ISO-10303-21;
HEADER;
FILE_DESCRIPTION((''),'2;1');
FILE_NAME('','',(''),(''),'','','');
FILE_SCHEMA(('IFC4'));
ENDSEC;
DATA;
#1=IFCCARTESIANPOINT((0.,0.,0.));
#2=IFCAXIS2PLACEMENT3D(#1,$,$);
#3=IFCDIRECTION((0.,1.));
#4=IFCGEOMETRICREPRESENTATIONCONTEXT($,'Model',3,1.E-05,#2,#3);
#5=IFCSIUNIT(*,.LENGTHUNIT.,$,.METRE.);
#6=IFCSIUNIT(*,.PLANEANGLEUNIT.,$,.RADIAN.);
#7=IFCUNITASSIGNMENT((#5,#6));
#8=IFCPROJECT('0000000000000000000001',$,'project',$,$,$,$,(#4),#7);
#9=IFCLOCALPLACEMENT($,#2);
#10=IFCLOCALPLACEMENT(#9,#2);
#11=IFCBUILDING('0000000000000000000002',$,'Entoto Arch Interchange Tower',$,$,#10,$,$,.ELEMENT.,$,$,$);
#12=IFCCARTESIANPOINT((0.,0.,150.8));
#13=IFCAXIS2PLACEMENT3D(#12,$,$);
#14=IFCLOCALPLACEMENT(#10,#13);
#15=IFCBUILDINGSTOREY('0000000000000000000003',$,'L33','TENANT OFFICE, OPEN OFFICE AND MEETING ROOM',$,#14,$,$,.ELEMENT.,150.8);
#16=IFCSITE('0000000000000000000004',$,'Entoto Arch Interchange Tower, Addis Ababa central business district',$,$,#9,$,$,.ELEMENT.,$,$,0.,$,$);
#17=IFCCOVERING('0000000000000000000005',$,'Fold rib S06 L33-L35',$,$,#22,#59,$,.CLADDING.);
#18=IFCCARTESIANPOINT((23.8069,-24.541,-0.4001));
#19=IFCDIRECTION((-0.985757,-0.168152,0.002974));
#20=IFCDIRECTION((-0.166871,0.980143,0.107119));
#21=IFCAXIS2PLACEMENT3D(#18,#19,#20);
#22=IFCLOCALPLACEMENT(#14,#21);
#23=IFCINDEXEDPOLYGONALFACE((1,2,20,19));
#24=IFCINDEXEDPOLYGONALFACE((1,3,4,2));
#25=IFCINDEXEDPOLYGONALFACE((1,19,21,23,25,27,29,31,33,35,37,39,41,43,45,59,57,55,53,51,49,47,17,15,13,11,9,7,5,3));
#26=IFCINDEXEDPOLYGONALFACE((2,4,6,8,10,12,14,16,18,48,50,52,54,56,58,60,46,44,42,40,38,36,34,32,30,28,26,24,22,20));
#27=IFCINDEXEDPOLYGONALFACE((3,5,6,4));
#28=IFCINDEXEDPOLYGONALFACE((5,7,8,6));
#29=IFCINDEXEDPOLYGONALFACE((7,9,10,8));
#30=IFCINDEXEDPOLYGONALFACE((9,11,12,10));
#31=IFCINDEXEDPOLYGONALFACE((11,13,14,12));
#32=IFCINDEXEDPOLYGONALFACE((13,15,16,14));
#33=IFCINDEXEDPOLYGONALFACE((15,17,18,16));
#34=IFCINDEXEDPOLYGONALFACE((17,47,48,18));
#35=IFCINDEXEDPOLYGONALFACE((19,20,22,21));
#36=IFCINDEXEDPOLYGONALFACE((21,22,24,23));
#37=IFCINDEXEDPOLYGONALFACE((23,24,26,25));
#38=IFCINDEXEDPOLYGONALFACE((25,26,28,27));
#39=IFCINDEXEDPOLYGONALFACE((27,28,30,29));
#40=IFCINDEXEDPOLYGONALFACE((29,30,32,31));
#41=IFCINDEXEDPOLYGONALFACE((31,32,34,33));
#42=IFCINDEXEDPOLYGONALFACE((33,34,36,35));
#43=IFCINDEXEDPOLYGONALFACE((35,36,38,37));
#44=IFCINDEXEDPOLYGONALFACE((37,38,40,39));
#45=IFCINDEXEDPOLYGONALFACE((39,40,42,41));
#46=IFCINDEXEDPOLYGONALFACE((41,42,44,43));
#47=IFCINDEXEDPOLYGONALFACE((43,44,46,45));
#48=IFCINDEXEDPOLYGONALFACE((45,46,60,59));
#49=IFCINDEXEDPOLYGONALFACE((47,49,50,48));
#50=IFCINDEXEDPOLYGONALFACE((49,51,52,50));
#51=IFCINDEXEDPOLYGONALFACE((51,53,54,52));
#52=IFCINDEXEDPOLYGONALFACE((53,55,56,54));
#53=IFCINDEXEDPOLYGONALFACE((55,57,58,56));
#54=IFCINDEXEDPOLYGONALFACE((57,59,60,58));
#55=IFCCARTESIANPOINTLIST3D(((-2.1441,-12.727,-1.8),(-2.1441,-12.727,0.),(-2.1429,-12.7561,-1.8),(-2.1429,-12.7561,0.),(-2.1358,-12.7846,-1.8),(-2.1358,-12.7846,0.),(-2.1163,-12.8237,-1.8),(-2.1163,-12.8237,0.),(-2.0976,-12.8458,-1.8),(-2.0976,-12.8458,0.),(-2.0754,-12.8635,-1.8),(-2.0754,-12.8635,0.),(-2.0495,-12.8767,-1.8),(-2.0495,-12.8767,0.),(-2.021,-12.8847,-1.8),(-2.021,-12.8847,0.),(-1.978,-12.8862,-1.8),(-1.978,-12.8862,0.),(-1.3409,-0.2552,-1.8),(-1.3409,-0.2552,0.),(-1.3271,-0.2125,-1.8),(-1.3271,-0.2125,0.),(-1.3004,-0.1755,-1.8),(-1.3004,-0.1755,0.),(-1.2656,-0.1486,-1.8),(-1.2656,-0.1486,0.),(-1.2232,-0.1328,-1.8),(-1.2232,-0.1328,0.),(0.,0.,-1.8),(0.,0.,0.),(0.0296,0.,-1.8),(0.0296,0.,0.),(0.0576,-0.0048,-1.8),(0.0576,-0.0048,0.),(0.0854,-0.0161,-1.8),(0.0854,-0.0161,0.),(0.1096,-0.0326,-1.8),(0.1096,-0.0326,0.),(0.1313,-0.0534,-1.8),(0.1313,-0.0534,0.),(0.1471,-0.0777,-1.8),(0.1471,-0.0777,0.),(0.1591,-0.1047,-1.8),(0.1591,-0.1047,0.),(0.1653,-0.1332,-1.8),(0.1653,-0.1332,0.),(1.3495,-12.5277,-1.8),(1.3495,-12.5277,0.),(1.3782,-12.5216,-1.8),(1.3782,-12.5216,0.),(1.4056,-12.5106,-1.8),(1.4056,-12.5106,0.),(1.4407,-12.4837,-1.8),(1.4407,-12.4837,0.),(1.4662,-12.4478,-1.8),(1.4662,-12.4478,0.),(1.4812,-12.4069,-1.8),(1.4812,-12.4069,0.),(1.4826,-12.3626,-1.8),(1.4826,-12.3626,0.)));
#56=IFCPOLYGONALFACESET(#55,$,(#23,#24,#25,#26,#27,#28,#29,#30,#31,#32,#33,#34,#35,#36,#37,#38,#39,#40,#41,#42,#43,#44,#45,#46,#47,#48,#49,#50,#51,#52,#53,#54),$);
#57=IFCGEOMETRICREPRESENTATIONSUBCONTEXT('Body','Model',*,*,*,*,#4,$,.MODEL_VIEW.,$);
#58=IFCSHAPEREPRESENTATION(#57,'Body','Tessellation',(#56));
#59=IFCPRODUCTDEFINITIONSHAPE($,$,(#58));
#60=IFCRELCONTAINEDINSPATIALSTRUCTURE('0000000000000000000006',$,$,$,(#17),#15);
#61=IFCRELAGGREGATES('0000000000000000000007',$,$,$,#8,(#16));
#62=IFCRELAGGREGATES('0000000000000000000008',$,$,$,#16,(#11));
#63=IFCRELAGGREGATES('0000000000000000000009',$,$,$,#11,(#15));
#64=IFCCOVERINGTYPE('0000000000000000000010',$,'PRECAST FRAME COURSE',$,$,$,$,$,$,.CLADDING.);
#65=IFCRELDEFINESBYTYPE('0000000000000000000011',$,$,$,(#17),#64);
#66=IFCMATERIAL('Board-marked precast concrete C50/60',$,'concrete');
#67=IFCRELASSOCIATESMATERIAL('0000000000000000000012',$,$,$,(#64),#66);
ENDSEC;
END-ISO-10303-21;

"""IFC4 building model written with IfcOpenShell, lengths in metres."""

from ifc_helpers import new_model, si_unit, direction, frame, origin, place, context, subcontext, project, spatial, polyline, outline, extrude, material, type_object, element, save


model = new_model("IFC4")

# Units and contexts
model_context = context("Model", 3, precision=1e-05, world=origin(), true_north=direction((0.0, 1.0)))
body_context = subcontext(model_context, "Body", "Model", "MODEL_VIEW")
ifc_project = project(units=[si_unit("LENGTHUNIT", "METRE"), si_unit("PLANEANGLEUNIT", "RADIAN")], contexts=[model_context])

# Site, building, storey
site_placement = place(None, origin())
site = spatial("IfcSite", under=ifc_project, at=site_placement, Name="Entoto Arch Interchange Tower, Addis Ababa central business district", CompositionType="ELEMENT", RefElevation=0.0)
building_placement = place(site_placement, origin())
building = spatial("IfcBuilding", under=site, at=building_placement, Name="Entoto Arch Interchange Tower", CompositionType="ELEMENT")
storey_placement = place(building_placement, frame((0.0, 0.0, 150.8)))
storey = spatial("IfcBuildingStorey", under=building, at=storey_placement, Name="L33", Description="TENANT OFFICE, OPEN OFFICE AND MEETING ROOM", CompositionType="ELEMENT", Elevation=150.8)

# Covering
ifc_material_1 = material(Name="Board-marked precast concrete C50/60", Category="concrete")
covering_type = type_object("IfcCoveringType", Name="PRECAST FRAME COURSE", PredefinedType="CLADDING", material=ifc_material_1)
covering_placement = place(storey_placement, frame((23.8069, -24.541, -0.4001), z_axis=(-0.985757, -0.168152, 0.002974), x_axis=(-0.166871, 0.980143, 0.107119)))
element("IfcCovering", 1, at=covering_placement, inside=storey, type_object=covering_type, Name="Fold rib S06 L33-L35", PredefinedType="CLADDING", context=body_context, shape_type="SweptSolid", body=[
    extrude(outline(polyline([(0.0, 0.0), (0.0296, 0.0), (0.0576, -0.0048), (0.0854, -0.0161), (0.1096, -0.0326), (0.1313, -0.0534), (0.1471, -0.0777), (0.1591, -0.1047), (0.1653, -0.1332), (1.4826, -12.3626), (1.4812, -12.4069), (1.4662, -12.4478), (1.4407, -12.4837), (1.4056, -12.5106), (1.3782, -12.5216), (1.3495, -12.5277), (-1.978, -12.8862), (-2.021, -12.8847), (-2.0495, -12.8767), (-2.0754, -12.8635), (-2.0976, -12.8458), (-2.1163, -12.8237), (-2.1358, -12.7846), (-2.1429, -12.7561), (-2.1441, -12.727), (-1.3409, -0.2552), (-1.3271, -0.2125), (-1.3004, -0.1755), (-1.2656, -0.1486), (-1.2232, -0.1328), (0.0, 0.0)])), origin(), (0.0, 0.0, -1.0), 1.8),
])

save(model, "model.ifc")
